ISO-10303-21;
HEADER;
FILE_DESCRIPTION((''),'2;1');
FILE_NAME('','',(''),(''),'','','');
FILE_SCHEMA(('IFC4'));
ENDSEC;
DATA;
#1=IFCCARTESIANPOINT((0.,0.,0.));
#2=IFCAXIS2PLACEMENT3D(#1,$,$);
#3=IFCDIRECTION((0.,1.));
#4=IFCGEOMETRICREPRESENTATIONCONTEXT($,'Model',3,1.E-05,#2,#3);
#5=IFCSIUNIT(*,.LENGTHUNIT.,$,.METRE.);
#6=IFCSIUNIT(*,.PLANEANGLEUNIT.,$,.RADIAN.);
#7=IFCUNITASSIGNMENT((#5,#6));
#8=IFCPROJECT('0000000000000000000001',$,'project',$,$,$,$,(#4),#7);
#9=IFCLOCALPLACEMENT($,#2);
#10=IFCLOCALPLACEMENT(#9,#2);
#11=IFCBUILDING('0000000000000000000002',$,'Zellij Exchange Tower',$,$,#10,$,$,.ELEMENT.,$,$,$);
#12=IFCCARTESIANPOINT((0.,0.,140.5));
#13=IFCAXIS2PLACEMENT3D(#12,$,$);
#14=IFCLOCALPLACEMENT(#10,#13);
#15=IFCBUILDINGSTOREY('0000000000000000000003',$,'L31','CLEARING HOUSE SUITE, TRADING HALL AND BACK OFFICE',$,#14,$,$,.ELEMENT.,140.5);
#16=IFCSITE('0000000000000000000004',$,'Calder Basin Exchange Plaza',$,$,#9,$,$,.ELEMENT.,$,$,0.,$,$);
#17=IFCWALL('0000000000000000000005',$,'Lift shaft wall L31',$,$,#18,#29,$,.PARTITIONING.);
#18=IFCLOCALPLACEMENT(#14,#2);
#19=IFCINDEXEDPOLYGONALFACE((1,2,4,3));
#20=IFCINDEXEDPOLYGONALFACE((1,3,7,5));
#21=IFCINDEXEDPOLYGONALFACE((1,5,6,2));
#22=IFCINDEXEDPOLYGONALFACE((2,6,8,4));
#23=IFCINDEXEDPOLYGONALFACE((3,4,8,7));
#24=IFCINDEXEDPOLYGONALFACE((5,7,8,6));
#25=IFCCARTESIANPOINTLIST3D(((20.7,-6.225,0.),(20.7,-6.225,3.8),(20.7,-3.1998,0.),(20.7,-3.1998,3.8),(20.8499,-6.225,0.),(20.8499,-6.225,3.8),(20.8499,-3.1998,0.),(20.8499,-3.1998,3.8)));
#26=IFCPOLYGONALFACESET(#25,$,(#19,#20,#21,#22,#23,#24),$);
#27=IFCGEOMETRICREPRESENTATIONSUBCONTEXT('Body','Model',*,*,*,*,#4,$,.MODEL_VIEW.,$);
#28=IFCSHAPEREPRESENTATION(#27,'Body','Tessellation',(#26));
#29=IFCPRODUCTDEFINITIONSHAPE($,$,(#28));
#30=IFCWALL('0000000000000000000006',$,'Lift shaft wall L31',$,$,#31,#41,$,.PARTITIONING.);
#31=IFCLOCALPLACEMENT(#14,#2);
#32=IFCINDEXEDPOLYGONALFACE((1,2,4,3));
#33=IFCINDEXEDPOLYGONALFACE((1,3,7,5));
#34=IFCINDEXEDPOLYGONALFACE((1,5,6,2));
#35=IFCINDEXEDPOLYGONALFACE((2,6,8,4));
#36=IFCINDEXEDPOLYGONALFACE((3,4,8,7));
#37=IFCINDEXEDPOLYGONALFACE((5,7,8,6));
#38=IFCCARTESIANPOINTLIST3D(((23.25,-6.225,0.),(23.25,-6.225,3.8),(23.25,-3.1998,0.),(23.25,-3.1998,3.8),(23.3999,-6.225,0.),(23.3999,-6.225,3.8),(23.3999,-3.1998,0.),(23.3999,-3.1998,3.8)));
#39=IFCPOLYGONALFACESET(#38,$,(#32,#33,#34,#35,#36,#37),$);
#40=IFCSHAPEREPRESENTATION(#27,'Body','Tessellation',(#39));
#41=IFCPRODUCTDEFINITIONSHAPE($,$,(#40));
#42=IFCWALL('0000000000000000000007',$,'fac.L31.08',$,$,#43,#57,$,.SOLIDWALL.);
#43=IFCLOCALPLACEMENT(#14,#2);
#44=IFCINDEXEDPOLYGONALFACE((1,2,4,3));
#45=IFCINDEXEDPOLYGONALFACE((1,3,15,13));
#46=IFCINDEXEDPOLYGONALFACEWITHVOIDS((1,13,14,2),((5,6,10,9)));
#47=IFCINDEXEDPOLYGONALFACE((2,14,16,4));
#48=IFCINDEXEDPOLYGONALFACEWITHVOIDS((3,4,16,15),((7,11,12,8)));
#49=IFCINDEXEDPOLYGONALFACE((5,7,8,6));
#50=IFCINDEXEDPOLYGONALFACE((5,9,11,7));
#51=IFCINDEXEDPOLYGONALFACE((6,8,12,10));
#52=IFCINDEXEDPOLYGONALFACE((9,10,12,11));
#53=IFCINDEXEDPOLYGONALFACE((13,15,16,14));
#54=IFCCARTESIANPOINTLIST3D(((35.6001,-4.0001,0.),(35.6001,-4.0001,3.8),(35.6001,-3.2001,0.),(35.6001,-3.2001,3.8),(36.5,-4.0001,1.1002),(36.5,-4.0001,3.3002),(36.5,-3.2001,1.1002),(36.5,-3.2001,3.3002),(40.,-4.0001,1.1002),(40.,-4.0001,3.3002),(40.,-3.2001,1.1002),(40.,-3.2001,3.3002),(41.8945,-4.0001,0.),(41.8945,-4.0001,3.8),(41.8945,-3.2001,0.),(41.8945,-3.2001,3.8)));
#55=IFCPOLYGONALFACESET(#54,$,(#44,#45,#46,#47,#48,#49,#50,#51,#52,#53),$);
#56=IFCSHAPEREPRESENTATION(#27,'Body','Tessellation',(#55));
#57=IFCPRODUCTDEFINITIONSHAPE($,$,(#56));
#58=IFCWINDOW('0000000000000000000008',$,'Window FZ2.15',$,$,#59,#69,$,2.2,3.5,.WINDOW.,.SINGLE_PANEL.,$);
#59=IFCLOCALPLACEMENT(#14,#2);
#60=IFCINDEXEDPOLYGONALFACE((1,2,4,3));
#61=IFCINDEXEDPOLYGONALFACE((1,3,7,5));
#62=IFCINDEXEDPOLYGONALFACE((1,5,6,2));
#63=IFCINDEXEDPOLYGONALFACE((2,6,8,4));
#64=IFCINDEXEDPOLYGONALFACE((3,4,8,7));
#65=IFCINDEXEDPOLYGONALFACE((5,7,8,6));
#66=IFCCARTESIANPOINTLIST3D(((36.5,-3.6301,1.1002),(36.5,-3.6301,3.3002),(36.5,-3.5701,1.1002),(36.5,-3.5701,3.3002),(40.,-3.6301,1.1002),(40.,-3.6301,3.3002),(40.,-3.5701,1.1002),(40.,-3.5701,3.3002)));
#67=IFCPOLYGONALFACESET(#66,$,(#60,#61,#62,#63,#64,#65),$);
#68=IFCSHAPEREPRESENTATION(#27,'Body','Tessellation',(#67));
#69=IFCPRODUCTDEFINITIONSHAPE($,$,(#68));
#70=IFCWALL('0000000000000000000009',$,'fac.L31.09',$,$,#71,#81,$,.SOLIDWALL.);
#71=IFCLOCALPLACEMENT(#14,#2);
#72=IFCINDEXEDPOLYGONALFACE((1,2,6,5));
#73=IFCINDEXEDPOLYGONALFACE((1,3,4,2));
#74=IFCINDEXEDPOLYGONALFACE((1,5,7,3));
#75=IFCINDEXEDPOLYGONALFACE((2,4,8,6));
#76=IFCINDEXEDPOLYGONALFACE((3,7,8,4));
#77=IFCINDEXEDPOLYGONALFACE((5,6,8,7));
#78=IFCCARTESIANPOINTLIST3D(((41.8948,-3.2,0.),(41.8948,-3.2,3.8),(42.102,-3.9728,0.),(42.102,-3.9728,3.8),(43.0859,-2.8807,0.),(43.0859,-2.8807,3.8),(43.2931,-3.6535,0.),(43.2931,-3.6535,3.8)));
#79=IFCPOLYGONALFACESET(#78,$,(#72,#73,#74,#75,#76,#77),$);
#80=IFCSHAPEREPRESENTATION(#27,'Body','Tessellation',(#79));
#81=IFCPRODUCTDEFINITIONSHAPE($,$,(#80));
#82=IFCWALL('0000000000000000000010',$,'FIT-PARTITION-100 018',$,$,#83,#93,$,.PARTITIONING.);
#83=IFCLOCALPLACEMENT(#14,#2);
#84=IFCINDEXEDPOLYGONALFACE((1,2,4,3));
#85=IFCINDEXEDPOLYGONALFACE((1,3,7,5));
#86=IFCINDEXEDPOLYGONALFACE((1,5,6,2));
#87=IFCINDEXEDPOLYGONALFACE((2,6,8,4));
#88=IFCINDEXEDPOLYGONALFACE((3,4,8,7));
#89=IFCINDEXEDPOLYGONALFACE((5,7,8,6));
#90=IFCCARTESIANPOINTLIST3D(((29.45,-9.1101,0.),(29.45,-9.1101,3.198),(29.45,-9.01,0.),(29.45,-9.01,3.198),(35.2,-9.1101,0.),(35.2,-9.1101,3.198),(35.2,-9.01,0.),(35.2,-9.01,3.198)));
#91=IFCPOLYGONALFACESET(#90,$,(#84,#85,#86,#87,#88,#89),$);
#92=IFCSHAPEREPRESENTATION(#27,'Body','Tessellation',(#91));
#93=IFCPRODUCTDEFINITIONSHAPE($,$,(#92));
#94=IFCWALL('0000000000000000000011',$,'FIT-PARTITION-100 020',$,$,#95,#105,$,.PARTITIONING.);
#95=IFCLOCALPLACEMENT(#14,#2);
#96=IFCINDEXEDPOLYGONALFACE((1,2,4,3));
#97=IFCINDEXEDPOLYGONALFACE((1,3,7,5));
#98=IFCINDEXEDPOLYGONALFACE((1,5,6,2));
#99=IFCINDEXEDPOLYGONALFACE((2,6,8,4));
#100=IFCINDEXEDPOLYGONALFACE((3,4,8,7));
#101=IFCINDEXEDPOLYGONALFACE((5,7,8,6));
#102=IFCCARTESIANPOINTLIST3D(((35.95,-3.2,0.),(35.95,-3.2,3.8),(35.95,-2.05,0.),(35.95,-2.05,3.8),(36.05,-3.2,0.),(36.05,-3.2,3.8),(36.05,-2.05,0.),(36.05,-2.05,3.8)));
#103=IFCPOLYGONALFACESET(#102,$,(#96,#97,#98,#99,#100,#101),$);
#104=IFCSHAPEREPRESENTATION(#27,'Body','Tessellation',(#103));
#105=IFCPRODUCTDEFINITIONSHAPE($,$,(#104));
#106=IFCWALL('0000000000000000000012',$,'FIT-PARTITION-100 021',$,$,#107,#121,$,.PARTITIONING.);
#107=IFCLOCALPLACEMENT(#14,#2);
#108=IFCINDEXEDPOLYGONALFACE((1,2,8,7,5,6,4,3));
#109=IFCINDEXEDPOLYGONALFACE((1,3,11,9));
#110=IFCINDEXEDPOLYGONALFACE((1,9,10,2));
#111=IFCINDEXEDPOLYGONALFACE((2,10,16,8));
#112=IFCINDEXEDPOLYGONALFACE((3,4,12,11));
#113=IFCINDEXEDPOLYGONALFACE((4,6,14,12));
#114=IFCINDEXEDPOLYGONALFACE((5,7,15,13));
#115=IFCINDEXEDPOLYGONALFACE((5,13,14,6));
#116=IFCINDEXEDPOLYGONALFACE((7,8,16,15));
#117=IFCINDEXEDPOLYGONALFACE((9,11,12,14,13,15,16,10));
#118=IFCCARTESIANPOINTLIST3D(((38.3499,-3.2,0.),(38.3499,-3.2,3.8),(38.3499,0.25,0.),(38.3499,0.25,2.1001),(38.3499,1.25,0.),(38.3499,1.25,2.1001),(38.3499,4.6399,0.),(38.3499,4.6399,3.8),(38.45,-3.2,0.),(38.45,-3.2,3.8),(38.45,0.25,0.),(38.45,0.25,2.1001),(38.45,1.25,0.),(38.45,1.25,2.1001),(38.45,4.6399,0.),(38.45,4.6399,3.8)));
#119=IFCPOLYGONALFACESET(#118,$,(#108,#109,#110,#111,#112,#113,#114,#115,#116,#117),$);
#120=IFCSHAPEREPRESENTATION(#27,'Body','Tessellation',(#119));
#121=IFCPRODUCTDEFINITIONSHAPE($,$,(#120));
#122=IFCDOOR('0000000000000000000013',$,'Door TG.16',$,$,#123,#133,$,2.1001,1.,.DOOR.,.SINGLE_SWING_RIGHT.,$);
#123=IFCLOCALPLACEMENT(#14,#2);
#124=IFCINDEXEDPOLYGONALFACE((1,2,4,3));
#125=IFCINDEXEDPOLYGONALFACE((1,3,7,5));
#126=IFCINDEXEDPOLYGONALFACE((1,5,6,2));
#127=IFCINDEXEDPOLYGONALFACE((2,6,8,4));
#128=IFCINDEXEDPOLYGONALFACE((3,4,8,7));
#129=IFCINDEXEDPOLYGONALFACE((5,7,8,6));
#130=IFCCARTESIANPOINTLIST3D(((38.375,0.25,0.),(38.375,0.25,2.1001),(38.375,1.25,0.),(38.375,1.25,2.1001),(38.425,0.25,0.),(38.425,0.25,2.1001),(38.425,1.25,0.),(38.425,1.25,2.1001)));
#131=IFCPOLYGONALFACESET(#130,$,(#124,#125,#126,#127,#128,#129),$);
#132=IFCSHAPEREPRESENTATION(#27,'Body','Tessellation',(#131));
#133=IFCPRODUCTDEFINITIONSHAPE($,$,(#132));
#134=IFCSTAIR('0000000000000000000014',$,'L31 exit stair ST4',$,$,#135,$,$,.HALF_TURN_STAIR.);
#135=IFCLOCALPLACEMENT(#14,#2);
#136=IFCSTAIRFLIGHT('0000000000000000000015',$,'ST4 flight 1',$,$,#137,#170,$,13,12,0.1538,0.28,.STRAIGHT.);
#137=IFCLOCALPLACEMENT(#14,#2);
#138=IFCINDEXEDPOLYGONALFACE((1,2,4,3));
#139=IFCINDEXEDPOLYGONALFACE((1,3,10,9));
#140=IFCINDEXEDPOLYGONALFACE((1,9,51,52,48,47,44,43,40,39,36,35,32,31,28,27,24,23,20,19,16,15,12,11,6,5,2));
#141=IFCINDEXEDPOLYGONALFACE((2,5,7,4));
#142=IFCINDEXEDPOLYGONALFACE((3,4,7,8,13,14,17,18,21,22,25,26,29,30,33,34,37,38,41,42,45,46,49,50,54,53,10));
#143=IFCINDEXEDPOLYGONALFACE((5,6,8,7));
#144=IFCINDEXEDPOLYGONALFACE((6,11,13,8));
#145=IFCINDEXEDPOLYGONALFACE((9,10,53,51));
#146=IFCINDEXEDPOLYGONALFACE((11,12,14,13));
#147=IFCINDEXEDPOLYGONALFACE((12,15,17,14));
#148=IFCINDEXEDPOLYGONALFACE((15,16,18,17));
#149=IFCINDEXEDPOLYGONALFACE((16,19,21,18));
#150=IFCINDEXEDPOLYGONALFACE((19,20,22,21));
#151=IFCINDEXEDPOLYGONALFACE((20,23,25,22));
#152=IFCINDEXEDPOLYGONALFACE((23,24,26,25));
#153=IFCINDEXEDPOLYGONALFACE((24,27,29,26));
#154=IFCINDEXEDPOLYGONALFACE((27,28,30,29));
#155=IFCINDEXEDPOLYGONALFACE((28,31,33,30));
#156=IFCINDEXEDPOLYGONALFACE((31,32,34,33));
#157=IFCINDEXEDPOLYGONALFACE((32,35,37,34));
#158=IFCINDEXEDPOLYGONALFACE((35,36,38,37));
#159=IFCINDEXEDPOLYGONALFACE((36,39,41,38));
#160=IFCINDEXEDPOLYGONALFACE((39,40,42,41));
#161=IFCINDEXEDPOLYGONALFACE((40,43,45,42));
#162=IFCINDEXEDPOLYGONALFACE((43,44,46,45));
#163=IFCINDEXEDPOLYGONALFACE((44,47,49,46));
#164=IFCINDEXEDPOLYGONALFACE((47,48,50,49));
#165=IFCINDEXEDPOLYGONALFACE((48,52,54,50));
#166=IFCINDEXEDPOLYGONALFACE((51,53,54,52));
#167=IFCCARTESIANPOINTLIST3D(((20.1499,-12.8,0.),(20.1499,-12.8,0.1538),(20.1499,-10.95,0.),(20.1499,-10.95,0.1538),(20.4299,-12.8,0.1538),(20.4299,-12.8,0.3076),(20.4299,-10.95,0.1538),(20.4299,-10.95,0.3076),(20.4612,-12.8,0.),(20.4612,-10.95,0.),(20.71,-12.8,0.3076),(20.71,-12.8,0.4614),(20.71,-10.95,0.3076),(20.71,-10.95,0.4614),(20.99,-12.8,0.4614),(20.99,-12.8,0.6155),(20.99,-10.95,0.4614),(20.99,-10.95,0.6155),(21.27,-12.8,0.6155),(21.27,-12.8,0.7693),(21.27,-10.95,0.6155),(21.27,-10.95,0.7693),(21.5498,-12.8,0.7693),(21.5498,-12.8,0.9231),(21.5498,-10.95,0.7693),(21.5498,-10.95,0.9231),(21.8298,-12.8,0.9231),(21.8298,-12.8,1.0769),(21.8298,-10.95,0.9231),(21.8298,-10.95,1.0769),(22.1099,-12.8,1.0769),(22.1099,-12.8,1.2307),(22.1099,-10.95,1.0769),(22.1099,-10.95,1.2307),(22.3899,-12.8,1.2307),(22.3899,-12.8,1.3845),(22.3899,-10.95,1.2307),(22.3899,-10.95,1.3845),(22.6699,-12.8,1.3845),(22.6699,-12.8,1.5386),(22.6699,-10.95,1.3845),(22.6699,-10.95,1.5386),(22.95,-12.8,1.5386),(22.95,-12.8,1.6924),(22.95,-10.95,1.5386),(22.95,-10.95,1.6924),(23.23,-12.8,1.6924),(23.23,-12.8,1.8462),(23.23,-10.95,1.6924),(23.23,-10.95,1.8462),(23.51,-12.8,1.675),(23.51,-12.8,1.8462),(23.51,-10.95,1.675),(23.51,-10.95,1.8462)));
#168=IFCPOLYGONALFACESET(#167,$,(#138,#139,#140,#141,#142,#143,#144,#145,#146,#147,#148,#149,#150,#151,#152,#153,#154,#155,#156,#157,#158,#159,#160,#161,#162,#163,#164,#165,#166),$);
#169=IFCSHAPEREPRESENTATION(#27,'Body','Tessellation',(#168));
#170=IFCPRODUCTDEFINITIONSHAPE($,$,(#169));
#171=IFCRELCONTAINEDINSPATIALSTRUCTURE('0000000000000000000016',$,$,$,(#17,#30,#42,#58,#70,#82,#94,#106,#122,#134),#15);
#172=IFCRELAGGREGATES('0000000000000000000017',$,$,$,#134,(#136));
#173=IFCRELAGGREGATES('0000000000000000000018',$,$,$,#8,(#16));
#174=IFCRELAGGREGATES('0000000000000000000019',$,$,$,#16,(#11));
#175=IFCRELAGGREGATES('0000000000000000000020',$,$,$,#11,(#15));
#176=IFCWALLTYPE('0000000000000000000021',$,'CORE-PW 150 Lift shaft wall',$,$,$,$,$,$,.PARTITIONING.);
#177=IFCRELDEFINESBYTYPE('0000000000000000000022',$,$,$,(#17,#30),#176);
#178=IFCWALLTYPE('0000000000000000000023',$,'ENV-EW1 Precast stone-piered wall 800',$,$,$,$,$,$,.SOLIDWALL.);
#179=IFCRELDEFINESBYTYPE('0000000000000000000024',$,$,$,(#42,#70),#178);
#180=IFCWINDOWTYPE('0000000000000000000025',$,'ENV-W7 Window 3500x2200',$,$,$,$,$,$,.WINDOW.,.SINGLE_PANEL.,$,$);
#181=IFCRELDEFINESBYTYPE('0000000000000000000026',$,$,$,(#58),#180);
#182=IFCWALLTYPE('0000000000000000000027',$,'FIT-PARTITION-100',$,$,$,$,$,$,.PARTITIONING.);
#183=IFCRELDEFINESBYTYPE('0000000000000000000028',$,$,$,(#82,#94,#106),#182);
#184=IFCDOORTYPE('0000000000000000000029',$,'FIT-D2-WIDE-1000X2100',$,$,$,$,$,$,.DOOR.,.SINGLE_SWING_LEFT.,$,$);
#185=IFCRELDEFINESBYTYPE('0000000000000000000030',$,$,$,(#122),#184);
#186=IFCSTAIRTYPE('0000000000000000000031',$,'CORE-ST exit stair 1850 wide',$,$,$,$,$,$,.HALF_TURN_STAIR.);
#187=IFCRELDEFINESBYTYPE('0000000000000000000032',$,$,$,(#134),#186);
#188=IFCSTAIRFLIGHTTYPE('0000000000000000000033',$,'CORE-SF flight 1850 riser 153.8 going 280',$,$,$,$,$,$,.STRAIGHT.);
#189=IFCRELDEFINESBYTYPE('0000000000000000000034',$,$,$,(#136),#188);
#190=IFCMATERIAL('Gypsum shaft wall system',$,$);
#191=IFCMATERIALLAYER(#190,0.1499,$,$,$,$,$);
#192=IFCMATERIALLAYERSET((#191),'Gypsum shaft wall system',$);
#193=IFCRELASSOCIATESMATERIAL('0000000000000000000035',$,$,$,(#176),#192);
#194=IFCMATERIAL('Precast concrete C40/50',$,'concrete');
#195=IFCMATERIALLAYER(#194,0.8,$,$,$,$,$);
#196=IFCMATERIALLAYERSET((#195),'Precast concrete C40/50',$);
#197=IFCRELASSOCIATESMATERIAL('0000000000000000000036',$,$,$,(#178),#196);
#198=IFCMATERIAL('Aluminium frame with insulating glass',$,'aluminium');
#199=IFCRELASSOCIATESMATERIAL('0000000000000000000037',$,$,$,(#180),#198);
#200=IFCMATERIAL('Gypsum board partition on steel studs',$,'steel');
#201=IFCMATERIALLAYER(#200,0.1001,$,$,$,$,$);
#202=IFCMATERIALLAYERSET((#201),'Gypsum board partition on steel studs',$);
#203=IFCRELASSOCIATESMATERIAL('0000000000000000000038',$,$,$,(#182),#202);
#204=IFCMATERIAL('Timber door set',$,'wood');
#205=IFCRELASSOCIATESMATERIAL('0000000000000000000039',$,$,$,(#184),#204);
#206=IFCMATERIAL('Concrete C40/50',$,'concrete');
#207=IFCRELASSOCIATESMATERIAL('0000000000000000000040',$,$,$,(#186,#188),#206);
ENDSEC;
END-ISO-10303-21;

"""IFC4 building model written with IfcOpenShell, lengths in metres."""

from ifc_helpers import new_model, si_unit, direction, frame, frame_2d, origin, place, context, subcontext, project, spatial, polyline, rectangle, outline, extrude, material, layer, layer_set, type_object, element, fill, aggregate, save


model = new_model("IFC4")

# Units and contexts
model_context = context("Model", 3, precision=1e-05, world=origin(), true_north=direction((0.0, 1.0)))
body_context = subcontext(model_context, "Body", "Model", "MODEL_VIEW")
ifc_project = project(units=[si_unit("LENGTHUNIT", "METRE"), si_unit("PLANEANGLEUNIT", "RADIAN")], contexts=[model_context])

# Site, building, storey
site_placement = place(None, origin())
site = spatial("IfcSite", under=ifc_project, at=site_placement, Name="Calder Basin Exchange Plaza", CompositionType="ELEMENT", RefElevation=0.0)
building_placement = place(site_placement, origin())
building = spatial("IfcBuilding", under=site, at=building_placement, Name="Zellij Exchange Tower", CompositionType="ELEMENT")
storey_placement = place(building_placement, frame((0.0, 0.0, 140.5)))
storey = spatial("IfcBuildingStorey", under=building, at=storey_placement, Name="L31", Description="CLEARING HOUSE SUITE, TRADING HALL AND BACK OFFICE", CompositionType="ELEMENT", Elevation=140.5)

# Walls
ifc_material_1 = material(Name="Gypsum shaft wall system")
ifc_layer_1 = layer(ifc_material_1, 0.1499)
ifc_layer_set_1 = layer_set([ifc_layer_1], Name="Gypsum shaft wall system")
wall_type_1 = type_object("IfcWallType", Name="CORE-PW 150 Lift shaft wall", PredefinedType="PARTITIONING", material=ifc_layer_set_1)
for number, where, z_axis, x_axis, name in (
    (1, (20.7749, -6.2251, 0.0), (0.0, 0.0, 1.0), (0.0, 1.0, 0.0), "Lift shaft wall L31"),
    (2, (23.325, -6.2251, 0.0), (0.0, 0.0, 1.0), (0.0, 1.0, 0.0), "Lift shaft wall L31"),
):
    element("IfcWall", number, at=place(storey_placement, frame(where, z_axis=z_axis, x_axis=x_axis)), inside=storey, type_object=wall_type_1, Name=name, PredefinedType="PARTITIONING", context=body_context, shape_type="SweptSolid", body=[
        extrude(rectangle(XDim=3.0251, YDim=0.1499, at=frame_2d((1.5127, 0.0))), origin(), (0.0, 0.0, 1.0), 3.8),
    ])

# Wall, opening, window
ifc_material_2 = material(Name="Precast concrete C40/50", Category="concrete")
ifc_layer_2 = layer(ifc_material_2, 0.8)
ifc_layer_set_2 = layer_set([ifc_layer_2], Name="Precast concrete C40/50")
wall_type_2 = type_object("IfcWallType", Name="ENV-EW1 Precast stone-piered wall 800", PredefinedType="SOLIDWALL", material=ifc_layer_set_2)
wall_1_placement = place(storey_placement, frame((35.6001, -3.6001, 0.0), z_axis=(0.0, 0.0, 1.0), x_axis=(1.0, 0.0, 0.0)))
wall_1 = element("IfcWall", 3, at=wall_1_placement, inside=storey, type_object=wall_type_2, Name="fac.L31.08", PredefinedType="SOLIDWALL", context=body_context, shape_type="SweptSolid", body=[
    extrude(rectangle(XDim=6.2944, YDim=0.8, at=frame_2d((3.1472, 0.0))), origin(), (0.0, 0.0, 1.0), 3.8),
])
opening_1_placement = place(wall_1_placement, frame((0.8999, 0.0, 1.1001)))
opening_1 = element("IfcOpeningElement", 4, at=opening_1_placement, cuts=wall_1, PredefinedType="OPENING", context=body_context, shape_type="SweptSolid", body=[
    extrude(rectangle(XDim=3.5, YDim=2.2, at=frame_2d((1.75, 1.1001))), frame((0.0, 0.4121, 0.0), z_axis=(0.0, -1.0, 0.0), x_axis=(1.0, 0.0, 0.0)), (0.0, 0.0, 1.0), 0.824),
])
ifc_material_3 = material(Name="Aluminium frame with insulating glass", Category="aluminium")
window_type = type_object("IfcWindowType", Name="ENV-W7 Window 3500x2200", PartitioningType="SINGLE_PANEL", PredefinedType="WINDOW", material=ifc_material_3)
window_placement = place(opening_1_placement, origin())
window = element("IfcWindow", 5, at=window_placement, inside=storey, type_object=window_type, Name="Window FZ2.15", OverallHeight=2.2, OverallWidth=3.5, PartitioningType="SINGLE_PANEL", PredefinedType="WINDOW", context=body_context, shape_type="SweptSolid", body=[
    extrude(rectangle(XDim=3.5, YDim=2.2, at=frame_2d((1.75, 1.1001))), frame((0.0, 0.03, 0.0), z_axis=(0.0, -1.0, 0.0), x_axis=(1.0, 0.0, 0.0)), (0.0, 0.0, 1.0), 0.0601),
])
fill(opening_1, window)

# Walls
wall_2_placement = place(storey_placement, frame((41.9983, -3.5864, 0.0), z_axis=(0.0, 0.0, 1.0), x_axis=(0.965892, 0.258944, 0.0)))
element("IfcWall", 6, at=wall_2_placement, inside=storey, type_object=wall_type_2, Name="fac.L31.09", PredefinedType="SOLIDWALL", context=body_context, shape_type="SweptSolid", body=[
    extrude(rectangle(XDim=1.2332, YDim=0.8, at=frame_2d((0.6167, 0.0))), origin(), (0.0, 0.0, 1.0), 3.8),
])
ifc_material_4 = material(Name="Gypsum board partition on steel studs", Category="steel")
ifc_layer_3 = layer(ifc_material_4, 0.1001)
ifc_layer_set_3 = layer_set([ifc_layer_3], Name="Gypsum board partition on steel studs")
wall_type_3 = type_object("IfcWallType", Name="FIT-PARTITION-100", PredefinedType="PARTITIONING", material=ifc_layer_set_3)
wall_3_placement = place(storey_placement, frame((29.45, -9.0601, 0.0), z_axis=(0.0, 0.0, 1.0), x_axis=(1.0, 0.0, 0.0)))
element("IfcWall", 7, at=wall_3_placement, inside=storey, type_object=wall_type_3, Name="FIT-PARTITION-100 018", PredefinedType="PARTITIONING", context=body_context, shape_type="SweptSolid", body=[
    extrude(rectangle(XDim=5.75, YDim=0.1001, at=frame_2d((2.875, 0.0))), origin(), (0.0, 0.0, 1.0), 3.198),
])
wall_4_placement = place(storey_placement, frame((36.0, -3.2, 0.0), z_axis=(0.0, 0.0, 1.0), x_axis=(0.0, 1.0, 0.0)))
element("IfcWall", 8, at=wall_4_placement, inside=storey, type_object=wall_type_3, Name="FIT-PARTITION-100 020", PredefinedType="PARTITIONING", context=body_context, shape_type="SweptSolid", body=[
    extrude(rectangle(XDim=1.1499, YDim=0.1001, at=frame_2d((0.575, 0.0))), origin(), (0.0, 0.0, 1.0), 3.8),
])

# Wall, opening, door
wall_5_placement = place(storey_placement, frame((38.3999, -3.2, 0.0), z_axis=(0.0, 0.0, 1.0), x_axis=(0.0, 1.0, 0.0)))
wall_5 = element("IfcWall", 9, at=wall_5_placement, inside=storey, type_object=wall_type_3, Name="FIT-PARTITION-100 021", PredefinedType="PARTITIONING", context=body_context, shape_type="SweptSolid", body=[
    extrude(rectangle(XDim=7.8398, YDim=0.1001, at=frame_2d((3.9199, 0.0))), origin(), (0.0, 0.0, 1.0), 3.8),
])
opening_2_placement = place(wall_5_placement, frame((3.45, 0.0, 0.0)))
opening_2 = element("IfcOpeningElement", 10, at=opening_2_placement, cuts=wall_5, PredefinedType="OPENING", context=body_context, shape_type="SweptSolid", body=[
    extrude(rectangle(XDim=1.0, YDim=2.1001, at=frame_2d((0.5, 1.05))), frame((0.0, 0.062, 0.0), z_axis=(0.0, -1.0, 0.0), x_axis=(1.0, 0.0, 0.0)), (0.0, 0.0, 1.0), 0.124),
])
ifc_material_5 = material(Name="Timber door set", Category="wood")
door_type = type_object("IfcDoorType", Name="FIT-D2-WIDE-1000X2100", OperationType="SINGLE_SWING_LEFT", PredefinedType="DOOR", material=ifc_material_5)
door_placement = place(opening_2_placement, origin())
door = element("IfcDoor", 11, at=door_placement, inside=storey, type_object=door_type, Name="Door TG.16", OperationType="SINGLE_SWING_RIGHT", OverallHeight=2.1001, OverallWidth=1.0, PredefinedType="DOOR", context=body_context, shape_type="SweptSolid", body=[
    extrude(rectangle(XDim=1.0, YDim=2.1001, at=frame_2d((0.5, 1.05))), frame((0.0, 0.0249, 0.0), z_axis=(0.0, -1.0, 0.0), x_axis=(1.0, 0.0, 0.0)), (0.0, 0.0, 1.0), 0.05),
])
fill(opening_2, door)

# Stair, stair flight
ifc_material_6 = material(Name="Concrete C40/50", Category="concrete")
stair_type = type_object("IfcStairType", Name="CORE-ST exit stair 1850 wide", PredefinedType="HALF_TURN_STAIR", material=ifc_material_6)
stair_placement = place(storey_placement, origin())
stair = element("IfcStair", 12, at=stair_placement, inside=storey, type_object=stair_type, Name="L31 exit stair ST4", PredefinedType="HALF_TURN_STAIR")
stair_flight_type = type_object("IfcStairFlightType", Name="CORE-SF flight 1850 riser 153.8 going 280", PredefinedType="STRAIGHT", material=ifc_material_6)
stair_flight_1_placement = place(storey_placement, frame((20.1499, -11.875, 0.0), z_axis=(0.0, 0.0, 1.0), x_axis=(1.0, 0.0, 0.0)))
stair_flight_1 = element("IfcStairFlight", 13, at=stair_flight_1_placement, type_object=stair_flight_type, Name="ST4 flight 1", NumberOfRisers=13, NumberOfTreads=12, PredefinedType="STRAIGHT", RiserHeight=0.1538, TreadLength=0.28, context=body_context, shape_type="SweptSolid", body=[
    extrude(outline(polyline([(0.0, 0.0), (0.0, 0.1538), (0.28, 0.1538), (0.28, 0.3076), (0.5601, 0.3076), (0.5601, 0.4614), (0.8401, 0.4614), (0.8401, 0.6155), (1.1201, 0.6155), (1.1201, 0.7693), (1.3999, 0.7693), (1.3999, 0.9231), (1.6799, 0.9231), (1.6799, 1.0769), (1.96, 1.0769), (1.96, 1.2307), (2.24, 1.2307), (2.24, 1.3845), (2.52, 1.3845), (2.52, 1.5386), (2.8, 1.5386), (2.8, 1.6924), (3.0801, 1.6924), (3.0801, 1.8462), (3.3601, 1.8462), (3.3601, 2.0), (3.3601, 1.675), (0.3113, 0.0), (0.0, 0.0)])), frame((0.0, 0.925, 0.0), z_axis=(0.0, -1.0, 0.0), x_axis=(1.0, 0.0, 0.0)), (0.0, 0.0, 1.0), 1.8501),
])
aggregate(stair, [stair_flight_1])

save(model, "model.ifc")
